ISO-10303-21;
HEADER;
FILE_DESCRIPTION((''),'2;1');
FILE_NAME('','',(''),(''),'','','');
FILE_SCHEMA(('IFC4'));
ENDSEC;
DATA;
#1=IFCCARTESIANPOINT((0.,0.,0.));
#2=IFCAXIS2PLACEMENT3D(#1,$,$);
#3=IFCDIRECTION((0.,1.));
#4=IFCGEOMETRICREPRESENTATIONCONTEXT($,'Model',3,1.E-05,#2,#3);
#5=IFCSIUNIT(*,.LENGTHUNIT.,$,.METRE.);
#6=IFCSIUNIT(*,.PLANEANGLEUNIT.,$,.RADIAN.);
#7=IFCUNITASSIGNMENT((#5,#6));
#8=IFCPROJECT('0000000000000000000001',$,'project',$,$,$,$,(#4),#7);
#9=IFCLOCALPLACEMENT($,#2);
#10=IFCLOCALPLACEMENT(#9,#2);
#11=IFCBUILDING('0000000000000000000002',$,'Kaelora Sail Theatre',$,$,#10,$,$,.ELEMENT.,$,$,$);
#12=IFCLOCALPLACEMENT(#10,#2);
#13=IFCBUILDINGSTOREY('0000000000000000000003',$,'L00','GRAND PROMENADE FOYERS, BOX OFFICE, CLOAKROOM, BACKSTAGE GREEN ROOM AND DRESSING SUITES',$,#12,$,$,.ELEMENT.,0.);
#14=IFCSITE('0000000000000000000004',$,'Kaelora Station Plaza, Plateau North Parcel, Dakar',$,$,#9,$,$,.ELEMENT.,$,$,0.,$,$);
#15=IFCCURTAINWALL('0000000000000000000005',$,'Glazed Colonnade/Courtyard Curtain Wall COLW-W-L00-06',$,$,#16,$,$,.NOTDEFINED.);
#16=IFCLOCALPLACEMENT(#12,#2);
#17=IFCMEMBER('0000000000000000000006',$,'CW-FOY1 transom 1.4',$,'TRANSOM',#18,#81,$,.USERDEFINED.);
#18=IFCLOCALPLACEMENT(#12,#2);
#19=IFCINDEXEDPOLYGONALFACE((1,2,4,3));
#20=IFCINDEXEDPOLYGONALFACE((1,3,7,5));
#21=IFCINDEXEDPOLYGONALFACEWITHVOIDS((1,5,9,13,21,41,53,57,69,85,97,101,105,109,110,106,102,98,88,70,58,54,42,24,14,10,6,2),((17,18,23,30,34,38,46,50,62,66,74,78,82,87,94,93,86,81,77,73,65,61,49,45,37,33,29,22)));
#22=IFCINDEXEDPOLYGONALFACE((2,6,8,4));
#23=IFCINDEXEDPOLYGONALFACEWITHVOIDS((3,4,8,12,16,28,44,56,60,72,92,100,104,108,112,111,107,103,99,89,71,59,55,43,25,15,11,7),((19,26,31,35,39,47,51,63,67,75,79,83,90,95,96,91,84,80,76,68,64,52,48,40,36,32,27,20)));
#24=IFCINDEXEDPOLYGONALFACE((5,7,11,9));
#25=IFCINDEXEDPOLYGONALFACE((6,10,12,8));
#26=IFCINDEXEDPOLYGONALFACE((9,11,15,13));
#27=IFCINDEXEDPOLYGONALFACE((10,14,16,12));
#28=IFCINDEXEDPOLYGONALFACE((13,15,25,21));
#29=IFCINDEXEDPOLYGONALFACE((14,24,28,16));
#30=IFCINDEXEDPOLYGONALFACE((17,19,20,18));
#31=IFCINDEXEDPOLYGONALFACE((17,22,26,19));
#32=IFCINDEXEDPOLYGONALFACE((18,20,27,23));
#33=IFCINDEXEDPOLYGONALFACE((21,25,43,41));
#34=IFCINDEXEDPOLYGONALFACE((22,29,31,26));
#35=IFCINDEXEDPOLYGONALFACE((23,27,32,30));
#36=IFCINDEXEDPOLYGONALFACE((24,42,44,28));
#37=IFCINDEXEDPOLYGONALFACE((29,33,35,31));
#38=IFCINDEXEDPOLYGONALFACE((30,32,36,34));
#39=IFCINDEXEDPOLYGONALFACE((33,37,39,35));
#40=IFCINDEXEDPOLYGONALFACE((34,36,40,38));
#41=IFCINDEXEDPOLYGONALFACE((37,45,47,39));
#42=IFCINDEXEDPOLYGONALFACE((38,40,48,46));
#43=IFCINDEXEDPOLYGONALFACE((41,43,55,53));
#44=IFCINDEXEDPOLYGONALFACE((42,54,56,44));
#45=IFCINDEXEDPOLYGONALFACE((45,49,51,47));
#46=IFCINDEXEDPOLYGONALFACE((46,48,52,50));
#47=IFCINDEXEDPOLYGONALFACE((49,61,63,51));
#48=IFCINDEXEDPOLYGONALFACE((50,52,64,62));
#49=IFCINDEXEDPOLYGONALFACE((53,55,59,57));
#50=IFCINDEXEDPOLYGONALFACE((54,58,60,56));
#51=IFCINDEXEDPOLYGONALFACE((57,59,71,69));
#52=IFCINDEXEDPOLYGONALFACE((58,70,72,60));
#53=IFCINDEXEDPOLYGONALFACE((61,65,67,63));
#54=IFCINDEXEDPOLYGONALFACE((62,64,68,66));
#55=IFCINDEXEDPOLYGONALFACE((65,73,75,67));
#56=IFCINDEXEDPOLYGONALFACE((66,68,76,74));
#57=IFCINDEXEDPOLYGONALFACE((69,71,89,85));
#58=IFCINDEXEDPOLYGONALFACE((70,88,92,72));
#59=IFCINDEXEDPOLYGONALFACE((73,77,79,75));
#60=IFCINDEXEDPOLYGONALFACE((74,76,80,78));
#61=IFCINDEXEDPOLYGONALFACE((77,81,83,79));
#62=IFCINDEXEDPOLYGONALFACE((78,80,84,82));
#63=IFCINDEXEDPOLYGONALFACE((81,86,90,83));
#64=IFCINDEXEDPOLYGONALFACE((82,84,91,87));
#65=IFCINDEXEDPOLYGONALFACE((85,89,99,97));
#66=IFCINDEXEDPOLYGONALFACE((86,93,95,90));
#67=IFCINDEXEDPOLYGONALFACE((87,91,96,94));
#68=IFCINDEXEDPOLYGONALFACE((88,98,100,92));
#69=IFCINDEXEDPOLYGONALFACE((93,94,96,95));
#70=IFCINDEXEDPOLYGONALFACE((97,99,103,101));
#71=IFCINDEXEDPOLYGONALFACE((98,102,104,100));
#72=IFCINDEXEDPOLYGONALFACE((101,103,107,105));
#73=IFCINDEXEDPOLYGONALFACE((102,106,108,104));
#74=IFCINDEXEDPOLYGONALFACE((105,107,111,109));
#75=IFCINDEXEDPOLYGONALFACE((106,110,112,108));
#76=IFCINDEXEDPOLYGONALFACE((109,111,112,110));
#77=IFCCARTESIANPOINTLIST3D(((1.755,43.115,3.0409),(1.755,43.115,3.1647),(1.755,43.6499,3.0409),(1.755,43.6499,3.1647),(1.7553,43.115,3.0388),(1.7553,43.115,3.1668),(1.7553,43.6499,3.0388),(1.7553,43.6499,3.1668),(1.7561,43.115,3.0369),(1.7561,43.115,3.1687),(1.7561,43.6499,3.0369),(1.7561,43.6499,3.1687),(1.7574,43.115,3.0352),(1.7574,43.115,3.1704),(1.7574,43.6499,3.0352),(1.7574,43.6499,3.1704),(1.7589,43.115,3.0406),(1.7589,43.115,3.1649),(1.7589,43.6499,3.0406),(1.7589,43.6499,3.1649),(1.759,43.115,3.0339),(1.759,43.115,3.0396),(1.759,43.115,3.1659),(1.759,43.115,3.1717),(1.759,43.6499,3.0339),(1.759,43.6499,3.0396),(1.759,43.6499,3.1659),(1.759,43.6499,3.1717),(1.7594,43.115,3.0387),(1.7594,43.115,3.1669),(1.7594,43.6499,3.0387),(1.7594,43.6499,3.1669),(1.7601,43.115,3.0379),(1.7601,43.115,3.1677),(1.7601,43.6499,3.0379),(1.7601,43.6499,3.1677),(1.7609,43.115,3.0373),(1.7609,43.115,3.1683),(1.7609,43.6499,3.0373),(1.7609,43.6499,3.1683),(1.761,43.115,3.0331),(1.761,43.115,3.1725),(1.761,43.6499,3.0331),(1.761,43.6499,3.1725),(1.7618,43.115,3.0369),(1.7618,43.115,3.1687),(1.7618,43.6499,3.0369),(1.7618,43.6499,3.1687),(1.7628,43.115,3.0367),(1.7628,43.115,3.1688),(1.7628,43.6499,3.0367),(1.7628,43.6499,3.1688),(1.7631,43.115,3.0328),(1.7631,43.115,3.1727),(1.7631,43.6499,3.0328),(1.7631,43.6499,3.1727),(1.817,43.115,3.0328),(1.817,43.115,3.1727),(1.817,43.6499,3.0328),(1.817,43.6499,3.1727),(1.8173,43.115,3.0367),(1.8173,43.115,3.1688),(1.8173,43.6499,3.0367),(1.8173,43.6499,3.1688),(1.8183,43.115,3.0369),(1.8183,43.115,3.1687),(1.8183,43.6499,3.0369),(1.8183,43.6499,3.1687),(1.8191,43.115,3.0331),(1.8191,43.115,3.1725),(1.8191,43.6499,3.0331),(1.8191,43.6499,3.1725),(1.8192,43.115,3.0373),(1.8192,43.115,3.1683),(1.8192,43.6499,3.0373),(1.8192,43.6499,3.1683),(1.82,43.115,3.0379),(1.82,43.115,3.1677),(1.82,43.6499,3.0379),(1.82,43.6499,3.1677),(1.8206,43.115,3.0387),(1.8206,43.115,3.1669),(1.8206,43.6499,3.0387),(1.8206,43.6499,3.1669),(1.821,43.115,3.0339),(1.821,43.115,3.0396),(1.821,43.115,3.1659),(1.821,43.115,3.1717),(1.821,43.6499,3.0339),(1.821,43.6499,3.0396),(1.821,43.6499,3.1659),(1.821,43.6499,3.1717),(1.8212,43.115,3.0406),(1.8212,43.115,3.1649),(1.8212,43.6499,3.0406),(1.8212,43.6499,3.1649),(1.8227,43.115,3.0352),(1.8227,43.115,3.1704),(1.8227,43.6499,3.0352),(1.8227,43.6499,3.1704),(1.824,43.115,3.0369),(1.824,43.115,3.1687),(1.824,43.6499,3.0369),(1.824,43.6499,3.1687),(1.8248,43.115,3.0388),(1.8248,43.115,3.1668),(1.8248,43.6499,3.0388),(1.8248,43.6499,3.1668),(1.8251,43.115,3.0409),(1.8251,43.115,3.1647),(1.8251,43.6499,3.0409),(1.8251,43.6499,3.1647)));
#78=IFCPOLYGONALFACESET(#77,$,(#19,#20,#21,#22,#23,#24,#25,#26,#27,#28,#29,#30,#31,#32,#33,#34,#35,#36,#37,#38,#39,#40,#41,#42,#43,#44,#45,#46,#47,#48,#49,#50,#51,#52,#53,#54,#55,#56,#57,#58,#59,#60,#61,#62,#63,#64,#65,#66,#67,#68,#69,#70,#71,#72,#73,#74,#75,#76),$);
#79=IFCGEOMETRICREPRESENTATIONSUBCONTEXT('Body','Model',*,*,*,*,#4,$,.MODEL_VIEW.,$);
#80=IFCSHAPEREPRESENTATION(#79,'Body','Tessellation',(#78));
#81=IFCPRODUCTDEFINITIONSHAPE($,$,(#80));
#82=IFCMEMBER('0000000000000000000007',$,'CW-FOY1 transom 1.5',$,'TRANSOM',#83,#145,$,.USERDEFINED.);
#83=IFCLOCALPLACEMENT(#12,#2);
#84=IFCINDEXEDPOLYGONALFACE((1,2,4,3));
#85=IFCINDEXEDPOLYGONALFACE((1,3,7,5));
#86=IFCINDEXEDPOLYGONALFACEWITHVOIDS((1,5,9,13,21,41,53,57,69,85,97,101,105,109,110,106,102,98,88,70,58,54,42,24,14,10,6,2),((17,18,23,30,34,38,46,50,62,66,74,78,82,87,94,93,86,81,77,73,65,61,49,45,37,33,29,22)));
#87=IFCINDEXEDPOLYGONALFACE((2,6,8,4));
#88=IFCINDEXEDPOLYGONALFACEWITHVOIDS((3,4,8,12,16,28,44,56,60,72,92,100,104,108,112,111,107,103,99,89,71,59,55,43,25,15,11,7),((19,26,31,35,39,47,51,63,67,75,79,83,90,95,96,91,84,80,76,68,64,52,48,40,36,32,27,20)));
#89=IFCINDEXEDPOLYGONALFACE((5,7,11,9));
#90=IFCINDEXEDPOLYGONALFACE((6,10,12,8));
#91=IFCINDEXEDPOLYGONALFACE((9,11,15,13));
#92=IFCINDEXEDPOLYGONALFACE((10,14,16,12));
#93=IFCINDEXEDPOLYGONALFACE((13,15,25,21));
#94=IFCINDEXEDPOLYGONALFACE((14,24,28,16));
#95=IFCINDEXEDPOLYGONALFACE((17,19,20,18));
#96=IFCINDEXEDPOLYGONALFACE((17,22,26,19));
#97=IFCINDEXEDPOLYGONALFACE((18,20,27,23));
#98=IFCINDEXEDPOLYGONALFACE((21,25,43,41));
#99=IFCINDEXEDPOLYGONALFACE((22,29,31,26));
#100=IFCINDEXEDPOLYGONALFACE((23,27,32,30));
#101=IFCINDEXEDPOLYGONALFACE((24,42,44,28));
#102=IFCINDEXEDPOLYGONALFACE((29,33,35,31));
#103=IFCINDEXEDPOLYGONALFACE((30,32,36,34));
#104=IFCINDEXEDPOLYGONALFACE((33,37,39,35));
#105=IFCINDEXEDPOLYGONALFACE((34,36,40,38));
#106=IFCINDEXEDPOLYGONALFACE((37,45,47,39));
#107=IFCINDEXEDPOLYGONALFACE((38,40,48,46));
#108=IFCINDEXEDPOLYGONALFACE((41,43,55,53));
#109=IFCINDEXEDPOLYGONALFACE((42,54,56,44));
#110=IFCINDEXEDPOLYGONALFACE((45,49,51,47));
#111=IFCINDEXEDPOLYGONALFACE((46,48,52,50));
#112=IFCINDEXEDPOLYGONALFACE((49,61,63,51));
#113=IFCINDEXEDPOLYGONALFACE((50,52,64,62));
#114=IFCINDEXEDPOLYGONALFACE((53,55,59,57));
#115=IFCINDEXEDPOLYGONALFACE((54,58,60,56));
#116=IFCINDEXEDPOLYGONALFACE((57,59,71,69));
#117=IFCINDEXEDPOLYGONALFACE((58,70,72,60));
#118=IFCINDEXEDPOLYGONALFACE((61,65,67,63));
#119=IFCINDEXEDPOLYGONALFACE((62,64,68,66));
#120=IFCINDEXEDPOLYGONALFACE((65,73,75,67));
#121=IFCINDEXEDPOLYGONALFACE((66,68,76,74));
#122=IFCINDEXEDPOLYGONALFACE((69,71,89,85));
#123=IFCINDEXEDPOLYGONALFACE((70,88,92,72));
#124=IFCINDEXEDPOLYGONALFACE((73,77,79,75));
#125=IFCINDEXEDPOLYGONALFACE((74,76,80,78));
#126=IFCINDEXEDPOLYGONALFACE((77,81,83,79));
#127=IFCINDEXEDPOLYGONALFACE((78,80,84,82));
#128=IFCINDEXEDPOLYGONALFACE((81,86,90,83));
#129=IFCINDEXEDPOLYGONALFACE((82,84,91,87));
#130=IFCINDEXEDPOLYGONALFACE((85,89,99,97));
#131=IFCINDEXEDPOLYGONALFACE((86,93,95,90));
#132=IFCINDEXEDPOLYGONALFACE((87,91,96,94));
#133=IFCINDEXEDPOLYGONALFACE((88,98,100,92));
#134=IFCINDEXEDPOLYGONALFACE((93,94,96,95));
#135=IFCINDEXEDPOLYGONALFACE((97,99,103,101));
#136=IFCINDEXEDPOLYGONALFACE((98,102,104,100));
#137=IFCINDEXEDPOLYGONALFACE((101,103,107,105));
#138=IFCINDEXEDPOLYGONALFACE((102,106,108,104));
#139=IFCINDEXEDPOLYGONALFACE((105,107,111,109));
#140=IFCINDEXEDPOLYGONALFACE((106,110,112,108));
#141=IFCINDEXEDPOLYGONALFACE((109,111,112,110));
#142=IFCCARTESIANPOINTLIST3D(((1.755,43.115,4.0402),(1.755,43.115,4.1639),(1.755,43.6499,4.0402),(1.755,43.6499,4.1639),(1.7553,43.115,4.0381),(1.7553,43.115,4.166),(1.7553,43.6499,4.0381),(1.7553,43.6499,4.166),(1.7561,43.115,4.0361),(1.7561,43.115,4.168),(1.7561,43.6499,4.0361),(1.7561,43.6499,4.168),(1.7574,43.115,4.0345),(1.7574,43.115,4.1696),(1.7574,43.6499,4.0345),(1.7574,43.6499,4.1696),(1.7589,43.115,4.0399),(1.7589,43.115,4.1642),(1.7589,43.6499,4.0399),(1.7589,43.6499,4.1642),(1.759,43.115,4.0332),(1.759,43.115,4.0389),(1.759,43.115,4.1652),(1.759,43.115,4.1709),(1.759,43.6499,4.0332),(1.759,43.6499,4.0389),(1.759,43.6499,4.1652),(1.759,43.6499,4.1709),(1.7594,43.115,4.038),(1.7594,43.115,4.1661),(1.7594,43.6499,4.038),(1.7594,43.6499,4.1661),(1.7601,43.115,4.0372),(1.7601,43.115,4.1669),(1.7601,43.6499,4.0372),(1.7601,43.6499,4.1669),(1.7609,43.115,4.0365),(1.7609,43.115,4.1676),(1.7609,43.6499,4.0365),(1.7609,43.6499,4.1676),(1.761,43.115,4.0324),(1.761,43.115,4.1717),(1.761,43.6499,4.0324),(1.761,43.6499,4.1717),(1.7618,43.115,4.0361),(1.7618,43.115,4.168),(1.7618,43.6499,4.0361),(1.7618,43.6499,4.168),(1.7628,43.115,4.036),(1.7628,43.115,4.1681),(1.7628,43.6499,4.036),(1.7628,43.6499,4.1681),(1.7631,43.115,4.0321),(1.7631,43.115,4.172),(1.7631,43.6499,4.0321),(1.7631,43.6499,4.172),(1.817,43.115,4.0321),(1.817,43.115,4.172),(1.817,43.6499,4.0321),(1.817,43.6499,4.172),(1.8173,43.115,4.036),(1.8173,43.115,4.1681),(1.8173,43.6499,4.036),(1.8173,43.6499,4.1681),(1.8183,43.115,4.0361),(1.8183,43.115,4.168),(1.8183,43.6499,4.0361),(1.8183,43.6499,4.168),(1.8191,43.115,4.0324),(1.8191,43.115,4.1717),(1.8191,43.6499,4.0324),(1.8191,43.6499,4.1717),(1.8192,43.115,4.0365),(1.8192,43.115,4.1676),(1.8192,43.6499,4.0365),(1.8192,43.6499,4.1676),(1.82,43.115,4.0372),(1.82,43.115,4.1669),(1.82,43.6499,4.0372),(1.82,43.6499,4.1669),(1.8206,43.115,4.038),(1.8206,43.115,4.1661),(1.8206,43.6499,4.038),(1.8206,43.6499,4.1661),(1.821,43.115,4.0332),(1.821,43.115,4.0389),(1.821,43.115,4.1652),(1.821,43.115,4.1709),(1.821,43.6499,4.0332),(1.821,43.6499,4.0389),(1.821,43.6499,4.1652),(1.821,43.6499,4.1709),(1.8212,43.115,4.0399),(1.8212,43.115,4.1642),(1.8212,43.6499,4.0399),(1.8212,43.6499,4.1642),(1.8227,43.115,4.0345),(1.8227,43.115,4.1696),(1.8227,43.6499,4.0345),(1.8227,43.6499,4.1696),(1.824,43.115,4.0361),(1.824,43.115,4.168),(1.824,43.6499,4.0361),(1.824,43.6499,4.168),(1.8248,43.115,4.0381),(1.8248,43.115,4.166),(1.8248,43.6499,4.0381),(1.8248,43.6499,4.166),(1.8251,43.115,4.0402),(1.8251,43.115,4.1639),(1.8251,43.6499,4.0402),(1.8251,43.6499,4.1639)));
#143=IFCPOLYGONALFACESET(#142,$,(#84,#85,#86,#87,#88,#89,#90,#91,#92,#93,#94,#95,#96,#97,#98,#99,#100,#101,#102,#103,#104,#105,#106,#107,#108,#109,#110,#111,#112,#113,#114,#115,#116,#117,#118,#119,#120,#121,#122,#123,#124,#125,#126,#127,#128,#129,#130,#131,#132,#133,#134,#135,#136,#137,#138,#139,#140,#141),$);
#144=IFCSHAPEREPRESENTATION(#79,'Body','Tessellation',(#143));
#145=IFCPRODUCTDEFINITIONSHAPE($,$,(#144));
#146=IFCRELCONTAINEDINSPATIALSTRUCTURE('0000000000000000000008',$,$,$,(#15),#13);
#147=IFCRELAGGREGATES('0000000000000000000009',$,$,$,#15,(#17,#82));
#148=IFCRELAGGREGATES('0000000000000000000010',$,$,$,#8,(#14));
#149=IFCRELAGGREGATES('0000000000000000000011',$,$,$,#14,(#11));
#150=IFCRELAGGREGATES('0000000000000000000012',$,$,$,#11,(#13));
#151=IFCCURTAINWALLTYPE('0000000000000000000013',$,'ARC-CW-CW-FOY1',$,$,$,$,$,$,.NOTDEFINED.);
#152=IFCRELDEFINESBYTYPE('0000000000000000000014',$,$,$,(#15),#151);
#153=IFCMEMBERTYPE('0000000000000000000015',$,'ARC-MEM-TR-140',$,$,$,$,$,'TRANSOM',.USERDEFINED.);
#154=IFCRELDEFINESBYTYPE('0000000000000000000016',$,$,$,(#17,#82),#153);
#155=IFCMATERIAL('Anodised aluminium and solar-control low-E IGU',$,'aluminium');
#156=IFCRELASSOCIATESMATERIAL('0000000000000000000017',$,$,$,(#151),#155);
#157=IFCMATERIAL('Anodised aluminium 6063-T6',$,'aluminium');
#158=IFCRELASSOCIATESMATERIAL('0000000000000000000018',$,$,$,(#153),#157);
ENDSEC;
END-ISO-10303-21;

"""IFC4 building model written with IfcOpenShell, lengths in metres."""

from ifc_helpers import new_model, si_unit, direction, frame, origin, origin_2d, place, context, subcontext, project, spatial, hollow_rectangle, extrude, material, material_profile, profile_set, type_object, element, aggregate, save


model = new_model("IFC4")

# Units and contexts
model_context = context("Model", 3, precision=1e-05, world=origin(), true_north=direction((0.0, 1.0)))
body_context = subcontext(model_context, "Body", "Model", "MODEL_VIEW")
ifc_project = project(units=[si_unit("LENGTHUNIT", "METRE"), si_unit("PLANEANGLEUNIT", "RADIAN")], contexts=[model_context])

# Site, building, storey
site_placement = place(None, origin())
site = spatial("IfcSite", under=ifc_project, at=site_placement, Name="Kaelora Station Plaza, Plateau North Parcel, Dakar", CompositionType="ELEMENT", RefElevation=0.0)
building_placement = place(site_placement, origin())
building = spatial("IfcBuilding", under=site, at=building_placement, Name="Kaelora Sail Theatre", CompositionType="ELEMENT")
storey_placement = place(building_placement, origin())
storey = spatial("IfcBuildingStorey", under=building, at=storey_placement, Name="L00", Description="GRAND PROMENADE FOYERS, BOX OFFICE, CLOAKROOM, BACKSTAGE GREEN ROOM AND DRESSING SUITES", CompositionType="ELEMENT", Elevation=0.0)

# Shared definitions
ifc_material_1 = material(Name="Anodised aluminium and solar-control low-E IGU", Category="aluminium")
curtain_wall_type = type_object("IfcCurtainWallType", Name="ARC-CW-CW-FOY1", PredefinedType="NOTDEFINED", material=ifc_material_1)

# Curtain wall
curtain_wall_1_placement = place(storey_placement, origin())
curtain_wall_1 = element("IfcCurtainWall", 1, at=curtain_wall_1_placement, inside=storey, type_object=curtain_wall_type, Name="Glazed Colonnade/Courtyard Curtain Wall COLW-W-L00-06", PredefinedType="NOTDEFINED")

# Members
ifc_material_2 = material(Name="Anodised aluminium 6063-T6", Category="aluminium")
ifc_material_profile_1 = material_profile(ifc_material_2, hollow_rectangle(XDim=0.0701, YDim=0.1399, WallThickness=0.0039, InnerFilletRadius=0.0039, OuterFilletRadius=0.0081, at=origin_2d()), Name="ALU-TRAN 70x140x4")
ifc_profile_set_1 = profile_set([ifc_material_profile_1], Name="Anodised aluminium 6063-T6")
member_type_1 = type_object("IfcMemberType", Name="ARC-MEM-TR-140", ElementType="TRANSOM", PredefinedType="USERDEFINED", material=ifc_profile_set_1)
member_1_placement = place(storey_placement, frame((1.79, 43.115, 3.1028), z_axis=(0.0, 1.0, 0.0), x_axis=(-1.0, 0.0, 0.0)))
member_1 = element("IfcMember", 2, at=member_1_placement, type_object=member_type_1, Name="CW-FOY1 transom 1.4", ObjectType="TRANSOM", PredefinedType="USERDEFINED", context=body_context, shape_type="SweptSolid", body=[
    extrude(hollow_rectangle(XDim=0.0701, YDim=0.1399, WallThickness=0.0039, InnerFilletRadius=0.0039, OuterFilletRadius=0.0081, at=origin_2d()), origin(), (0.0, 0.0, 1.0), 0.5349),
])
member_2_placement = place(storey_placement, frame((1.79, 43.115, 4.1021), z_axis=(0.0, 1.0, 0.0), x_axis=(-1.0, 0.0, 0.0)))
member_2 = element("IfcMember", 3, at=member_2_placement, type_object=member_type_1, Name="CW-FOY1 transom 1.5", ObjectType="TRANSOM", PredefinedType="USERDEFINED", context=body_context, shape_type="SweptSolid", body=[
    extrude(hollow_rectangle(XDim=0.0701, YDim=0.1399, WallThickness=0.0039, InnerFilletRadius=0.0039, OuterFilletRadius=0.0081, at=origin_2d()), origin(), (0.0, 0.0, 1.0), 0.5349),
])

aggregate(curtain_wall_1, [member_1, member_2])

save(model, "model.ifc")
